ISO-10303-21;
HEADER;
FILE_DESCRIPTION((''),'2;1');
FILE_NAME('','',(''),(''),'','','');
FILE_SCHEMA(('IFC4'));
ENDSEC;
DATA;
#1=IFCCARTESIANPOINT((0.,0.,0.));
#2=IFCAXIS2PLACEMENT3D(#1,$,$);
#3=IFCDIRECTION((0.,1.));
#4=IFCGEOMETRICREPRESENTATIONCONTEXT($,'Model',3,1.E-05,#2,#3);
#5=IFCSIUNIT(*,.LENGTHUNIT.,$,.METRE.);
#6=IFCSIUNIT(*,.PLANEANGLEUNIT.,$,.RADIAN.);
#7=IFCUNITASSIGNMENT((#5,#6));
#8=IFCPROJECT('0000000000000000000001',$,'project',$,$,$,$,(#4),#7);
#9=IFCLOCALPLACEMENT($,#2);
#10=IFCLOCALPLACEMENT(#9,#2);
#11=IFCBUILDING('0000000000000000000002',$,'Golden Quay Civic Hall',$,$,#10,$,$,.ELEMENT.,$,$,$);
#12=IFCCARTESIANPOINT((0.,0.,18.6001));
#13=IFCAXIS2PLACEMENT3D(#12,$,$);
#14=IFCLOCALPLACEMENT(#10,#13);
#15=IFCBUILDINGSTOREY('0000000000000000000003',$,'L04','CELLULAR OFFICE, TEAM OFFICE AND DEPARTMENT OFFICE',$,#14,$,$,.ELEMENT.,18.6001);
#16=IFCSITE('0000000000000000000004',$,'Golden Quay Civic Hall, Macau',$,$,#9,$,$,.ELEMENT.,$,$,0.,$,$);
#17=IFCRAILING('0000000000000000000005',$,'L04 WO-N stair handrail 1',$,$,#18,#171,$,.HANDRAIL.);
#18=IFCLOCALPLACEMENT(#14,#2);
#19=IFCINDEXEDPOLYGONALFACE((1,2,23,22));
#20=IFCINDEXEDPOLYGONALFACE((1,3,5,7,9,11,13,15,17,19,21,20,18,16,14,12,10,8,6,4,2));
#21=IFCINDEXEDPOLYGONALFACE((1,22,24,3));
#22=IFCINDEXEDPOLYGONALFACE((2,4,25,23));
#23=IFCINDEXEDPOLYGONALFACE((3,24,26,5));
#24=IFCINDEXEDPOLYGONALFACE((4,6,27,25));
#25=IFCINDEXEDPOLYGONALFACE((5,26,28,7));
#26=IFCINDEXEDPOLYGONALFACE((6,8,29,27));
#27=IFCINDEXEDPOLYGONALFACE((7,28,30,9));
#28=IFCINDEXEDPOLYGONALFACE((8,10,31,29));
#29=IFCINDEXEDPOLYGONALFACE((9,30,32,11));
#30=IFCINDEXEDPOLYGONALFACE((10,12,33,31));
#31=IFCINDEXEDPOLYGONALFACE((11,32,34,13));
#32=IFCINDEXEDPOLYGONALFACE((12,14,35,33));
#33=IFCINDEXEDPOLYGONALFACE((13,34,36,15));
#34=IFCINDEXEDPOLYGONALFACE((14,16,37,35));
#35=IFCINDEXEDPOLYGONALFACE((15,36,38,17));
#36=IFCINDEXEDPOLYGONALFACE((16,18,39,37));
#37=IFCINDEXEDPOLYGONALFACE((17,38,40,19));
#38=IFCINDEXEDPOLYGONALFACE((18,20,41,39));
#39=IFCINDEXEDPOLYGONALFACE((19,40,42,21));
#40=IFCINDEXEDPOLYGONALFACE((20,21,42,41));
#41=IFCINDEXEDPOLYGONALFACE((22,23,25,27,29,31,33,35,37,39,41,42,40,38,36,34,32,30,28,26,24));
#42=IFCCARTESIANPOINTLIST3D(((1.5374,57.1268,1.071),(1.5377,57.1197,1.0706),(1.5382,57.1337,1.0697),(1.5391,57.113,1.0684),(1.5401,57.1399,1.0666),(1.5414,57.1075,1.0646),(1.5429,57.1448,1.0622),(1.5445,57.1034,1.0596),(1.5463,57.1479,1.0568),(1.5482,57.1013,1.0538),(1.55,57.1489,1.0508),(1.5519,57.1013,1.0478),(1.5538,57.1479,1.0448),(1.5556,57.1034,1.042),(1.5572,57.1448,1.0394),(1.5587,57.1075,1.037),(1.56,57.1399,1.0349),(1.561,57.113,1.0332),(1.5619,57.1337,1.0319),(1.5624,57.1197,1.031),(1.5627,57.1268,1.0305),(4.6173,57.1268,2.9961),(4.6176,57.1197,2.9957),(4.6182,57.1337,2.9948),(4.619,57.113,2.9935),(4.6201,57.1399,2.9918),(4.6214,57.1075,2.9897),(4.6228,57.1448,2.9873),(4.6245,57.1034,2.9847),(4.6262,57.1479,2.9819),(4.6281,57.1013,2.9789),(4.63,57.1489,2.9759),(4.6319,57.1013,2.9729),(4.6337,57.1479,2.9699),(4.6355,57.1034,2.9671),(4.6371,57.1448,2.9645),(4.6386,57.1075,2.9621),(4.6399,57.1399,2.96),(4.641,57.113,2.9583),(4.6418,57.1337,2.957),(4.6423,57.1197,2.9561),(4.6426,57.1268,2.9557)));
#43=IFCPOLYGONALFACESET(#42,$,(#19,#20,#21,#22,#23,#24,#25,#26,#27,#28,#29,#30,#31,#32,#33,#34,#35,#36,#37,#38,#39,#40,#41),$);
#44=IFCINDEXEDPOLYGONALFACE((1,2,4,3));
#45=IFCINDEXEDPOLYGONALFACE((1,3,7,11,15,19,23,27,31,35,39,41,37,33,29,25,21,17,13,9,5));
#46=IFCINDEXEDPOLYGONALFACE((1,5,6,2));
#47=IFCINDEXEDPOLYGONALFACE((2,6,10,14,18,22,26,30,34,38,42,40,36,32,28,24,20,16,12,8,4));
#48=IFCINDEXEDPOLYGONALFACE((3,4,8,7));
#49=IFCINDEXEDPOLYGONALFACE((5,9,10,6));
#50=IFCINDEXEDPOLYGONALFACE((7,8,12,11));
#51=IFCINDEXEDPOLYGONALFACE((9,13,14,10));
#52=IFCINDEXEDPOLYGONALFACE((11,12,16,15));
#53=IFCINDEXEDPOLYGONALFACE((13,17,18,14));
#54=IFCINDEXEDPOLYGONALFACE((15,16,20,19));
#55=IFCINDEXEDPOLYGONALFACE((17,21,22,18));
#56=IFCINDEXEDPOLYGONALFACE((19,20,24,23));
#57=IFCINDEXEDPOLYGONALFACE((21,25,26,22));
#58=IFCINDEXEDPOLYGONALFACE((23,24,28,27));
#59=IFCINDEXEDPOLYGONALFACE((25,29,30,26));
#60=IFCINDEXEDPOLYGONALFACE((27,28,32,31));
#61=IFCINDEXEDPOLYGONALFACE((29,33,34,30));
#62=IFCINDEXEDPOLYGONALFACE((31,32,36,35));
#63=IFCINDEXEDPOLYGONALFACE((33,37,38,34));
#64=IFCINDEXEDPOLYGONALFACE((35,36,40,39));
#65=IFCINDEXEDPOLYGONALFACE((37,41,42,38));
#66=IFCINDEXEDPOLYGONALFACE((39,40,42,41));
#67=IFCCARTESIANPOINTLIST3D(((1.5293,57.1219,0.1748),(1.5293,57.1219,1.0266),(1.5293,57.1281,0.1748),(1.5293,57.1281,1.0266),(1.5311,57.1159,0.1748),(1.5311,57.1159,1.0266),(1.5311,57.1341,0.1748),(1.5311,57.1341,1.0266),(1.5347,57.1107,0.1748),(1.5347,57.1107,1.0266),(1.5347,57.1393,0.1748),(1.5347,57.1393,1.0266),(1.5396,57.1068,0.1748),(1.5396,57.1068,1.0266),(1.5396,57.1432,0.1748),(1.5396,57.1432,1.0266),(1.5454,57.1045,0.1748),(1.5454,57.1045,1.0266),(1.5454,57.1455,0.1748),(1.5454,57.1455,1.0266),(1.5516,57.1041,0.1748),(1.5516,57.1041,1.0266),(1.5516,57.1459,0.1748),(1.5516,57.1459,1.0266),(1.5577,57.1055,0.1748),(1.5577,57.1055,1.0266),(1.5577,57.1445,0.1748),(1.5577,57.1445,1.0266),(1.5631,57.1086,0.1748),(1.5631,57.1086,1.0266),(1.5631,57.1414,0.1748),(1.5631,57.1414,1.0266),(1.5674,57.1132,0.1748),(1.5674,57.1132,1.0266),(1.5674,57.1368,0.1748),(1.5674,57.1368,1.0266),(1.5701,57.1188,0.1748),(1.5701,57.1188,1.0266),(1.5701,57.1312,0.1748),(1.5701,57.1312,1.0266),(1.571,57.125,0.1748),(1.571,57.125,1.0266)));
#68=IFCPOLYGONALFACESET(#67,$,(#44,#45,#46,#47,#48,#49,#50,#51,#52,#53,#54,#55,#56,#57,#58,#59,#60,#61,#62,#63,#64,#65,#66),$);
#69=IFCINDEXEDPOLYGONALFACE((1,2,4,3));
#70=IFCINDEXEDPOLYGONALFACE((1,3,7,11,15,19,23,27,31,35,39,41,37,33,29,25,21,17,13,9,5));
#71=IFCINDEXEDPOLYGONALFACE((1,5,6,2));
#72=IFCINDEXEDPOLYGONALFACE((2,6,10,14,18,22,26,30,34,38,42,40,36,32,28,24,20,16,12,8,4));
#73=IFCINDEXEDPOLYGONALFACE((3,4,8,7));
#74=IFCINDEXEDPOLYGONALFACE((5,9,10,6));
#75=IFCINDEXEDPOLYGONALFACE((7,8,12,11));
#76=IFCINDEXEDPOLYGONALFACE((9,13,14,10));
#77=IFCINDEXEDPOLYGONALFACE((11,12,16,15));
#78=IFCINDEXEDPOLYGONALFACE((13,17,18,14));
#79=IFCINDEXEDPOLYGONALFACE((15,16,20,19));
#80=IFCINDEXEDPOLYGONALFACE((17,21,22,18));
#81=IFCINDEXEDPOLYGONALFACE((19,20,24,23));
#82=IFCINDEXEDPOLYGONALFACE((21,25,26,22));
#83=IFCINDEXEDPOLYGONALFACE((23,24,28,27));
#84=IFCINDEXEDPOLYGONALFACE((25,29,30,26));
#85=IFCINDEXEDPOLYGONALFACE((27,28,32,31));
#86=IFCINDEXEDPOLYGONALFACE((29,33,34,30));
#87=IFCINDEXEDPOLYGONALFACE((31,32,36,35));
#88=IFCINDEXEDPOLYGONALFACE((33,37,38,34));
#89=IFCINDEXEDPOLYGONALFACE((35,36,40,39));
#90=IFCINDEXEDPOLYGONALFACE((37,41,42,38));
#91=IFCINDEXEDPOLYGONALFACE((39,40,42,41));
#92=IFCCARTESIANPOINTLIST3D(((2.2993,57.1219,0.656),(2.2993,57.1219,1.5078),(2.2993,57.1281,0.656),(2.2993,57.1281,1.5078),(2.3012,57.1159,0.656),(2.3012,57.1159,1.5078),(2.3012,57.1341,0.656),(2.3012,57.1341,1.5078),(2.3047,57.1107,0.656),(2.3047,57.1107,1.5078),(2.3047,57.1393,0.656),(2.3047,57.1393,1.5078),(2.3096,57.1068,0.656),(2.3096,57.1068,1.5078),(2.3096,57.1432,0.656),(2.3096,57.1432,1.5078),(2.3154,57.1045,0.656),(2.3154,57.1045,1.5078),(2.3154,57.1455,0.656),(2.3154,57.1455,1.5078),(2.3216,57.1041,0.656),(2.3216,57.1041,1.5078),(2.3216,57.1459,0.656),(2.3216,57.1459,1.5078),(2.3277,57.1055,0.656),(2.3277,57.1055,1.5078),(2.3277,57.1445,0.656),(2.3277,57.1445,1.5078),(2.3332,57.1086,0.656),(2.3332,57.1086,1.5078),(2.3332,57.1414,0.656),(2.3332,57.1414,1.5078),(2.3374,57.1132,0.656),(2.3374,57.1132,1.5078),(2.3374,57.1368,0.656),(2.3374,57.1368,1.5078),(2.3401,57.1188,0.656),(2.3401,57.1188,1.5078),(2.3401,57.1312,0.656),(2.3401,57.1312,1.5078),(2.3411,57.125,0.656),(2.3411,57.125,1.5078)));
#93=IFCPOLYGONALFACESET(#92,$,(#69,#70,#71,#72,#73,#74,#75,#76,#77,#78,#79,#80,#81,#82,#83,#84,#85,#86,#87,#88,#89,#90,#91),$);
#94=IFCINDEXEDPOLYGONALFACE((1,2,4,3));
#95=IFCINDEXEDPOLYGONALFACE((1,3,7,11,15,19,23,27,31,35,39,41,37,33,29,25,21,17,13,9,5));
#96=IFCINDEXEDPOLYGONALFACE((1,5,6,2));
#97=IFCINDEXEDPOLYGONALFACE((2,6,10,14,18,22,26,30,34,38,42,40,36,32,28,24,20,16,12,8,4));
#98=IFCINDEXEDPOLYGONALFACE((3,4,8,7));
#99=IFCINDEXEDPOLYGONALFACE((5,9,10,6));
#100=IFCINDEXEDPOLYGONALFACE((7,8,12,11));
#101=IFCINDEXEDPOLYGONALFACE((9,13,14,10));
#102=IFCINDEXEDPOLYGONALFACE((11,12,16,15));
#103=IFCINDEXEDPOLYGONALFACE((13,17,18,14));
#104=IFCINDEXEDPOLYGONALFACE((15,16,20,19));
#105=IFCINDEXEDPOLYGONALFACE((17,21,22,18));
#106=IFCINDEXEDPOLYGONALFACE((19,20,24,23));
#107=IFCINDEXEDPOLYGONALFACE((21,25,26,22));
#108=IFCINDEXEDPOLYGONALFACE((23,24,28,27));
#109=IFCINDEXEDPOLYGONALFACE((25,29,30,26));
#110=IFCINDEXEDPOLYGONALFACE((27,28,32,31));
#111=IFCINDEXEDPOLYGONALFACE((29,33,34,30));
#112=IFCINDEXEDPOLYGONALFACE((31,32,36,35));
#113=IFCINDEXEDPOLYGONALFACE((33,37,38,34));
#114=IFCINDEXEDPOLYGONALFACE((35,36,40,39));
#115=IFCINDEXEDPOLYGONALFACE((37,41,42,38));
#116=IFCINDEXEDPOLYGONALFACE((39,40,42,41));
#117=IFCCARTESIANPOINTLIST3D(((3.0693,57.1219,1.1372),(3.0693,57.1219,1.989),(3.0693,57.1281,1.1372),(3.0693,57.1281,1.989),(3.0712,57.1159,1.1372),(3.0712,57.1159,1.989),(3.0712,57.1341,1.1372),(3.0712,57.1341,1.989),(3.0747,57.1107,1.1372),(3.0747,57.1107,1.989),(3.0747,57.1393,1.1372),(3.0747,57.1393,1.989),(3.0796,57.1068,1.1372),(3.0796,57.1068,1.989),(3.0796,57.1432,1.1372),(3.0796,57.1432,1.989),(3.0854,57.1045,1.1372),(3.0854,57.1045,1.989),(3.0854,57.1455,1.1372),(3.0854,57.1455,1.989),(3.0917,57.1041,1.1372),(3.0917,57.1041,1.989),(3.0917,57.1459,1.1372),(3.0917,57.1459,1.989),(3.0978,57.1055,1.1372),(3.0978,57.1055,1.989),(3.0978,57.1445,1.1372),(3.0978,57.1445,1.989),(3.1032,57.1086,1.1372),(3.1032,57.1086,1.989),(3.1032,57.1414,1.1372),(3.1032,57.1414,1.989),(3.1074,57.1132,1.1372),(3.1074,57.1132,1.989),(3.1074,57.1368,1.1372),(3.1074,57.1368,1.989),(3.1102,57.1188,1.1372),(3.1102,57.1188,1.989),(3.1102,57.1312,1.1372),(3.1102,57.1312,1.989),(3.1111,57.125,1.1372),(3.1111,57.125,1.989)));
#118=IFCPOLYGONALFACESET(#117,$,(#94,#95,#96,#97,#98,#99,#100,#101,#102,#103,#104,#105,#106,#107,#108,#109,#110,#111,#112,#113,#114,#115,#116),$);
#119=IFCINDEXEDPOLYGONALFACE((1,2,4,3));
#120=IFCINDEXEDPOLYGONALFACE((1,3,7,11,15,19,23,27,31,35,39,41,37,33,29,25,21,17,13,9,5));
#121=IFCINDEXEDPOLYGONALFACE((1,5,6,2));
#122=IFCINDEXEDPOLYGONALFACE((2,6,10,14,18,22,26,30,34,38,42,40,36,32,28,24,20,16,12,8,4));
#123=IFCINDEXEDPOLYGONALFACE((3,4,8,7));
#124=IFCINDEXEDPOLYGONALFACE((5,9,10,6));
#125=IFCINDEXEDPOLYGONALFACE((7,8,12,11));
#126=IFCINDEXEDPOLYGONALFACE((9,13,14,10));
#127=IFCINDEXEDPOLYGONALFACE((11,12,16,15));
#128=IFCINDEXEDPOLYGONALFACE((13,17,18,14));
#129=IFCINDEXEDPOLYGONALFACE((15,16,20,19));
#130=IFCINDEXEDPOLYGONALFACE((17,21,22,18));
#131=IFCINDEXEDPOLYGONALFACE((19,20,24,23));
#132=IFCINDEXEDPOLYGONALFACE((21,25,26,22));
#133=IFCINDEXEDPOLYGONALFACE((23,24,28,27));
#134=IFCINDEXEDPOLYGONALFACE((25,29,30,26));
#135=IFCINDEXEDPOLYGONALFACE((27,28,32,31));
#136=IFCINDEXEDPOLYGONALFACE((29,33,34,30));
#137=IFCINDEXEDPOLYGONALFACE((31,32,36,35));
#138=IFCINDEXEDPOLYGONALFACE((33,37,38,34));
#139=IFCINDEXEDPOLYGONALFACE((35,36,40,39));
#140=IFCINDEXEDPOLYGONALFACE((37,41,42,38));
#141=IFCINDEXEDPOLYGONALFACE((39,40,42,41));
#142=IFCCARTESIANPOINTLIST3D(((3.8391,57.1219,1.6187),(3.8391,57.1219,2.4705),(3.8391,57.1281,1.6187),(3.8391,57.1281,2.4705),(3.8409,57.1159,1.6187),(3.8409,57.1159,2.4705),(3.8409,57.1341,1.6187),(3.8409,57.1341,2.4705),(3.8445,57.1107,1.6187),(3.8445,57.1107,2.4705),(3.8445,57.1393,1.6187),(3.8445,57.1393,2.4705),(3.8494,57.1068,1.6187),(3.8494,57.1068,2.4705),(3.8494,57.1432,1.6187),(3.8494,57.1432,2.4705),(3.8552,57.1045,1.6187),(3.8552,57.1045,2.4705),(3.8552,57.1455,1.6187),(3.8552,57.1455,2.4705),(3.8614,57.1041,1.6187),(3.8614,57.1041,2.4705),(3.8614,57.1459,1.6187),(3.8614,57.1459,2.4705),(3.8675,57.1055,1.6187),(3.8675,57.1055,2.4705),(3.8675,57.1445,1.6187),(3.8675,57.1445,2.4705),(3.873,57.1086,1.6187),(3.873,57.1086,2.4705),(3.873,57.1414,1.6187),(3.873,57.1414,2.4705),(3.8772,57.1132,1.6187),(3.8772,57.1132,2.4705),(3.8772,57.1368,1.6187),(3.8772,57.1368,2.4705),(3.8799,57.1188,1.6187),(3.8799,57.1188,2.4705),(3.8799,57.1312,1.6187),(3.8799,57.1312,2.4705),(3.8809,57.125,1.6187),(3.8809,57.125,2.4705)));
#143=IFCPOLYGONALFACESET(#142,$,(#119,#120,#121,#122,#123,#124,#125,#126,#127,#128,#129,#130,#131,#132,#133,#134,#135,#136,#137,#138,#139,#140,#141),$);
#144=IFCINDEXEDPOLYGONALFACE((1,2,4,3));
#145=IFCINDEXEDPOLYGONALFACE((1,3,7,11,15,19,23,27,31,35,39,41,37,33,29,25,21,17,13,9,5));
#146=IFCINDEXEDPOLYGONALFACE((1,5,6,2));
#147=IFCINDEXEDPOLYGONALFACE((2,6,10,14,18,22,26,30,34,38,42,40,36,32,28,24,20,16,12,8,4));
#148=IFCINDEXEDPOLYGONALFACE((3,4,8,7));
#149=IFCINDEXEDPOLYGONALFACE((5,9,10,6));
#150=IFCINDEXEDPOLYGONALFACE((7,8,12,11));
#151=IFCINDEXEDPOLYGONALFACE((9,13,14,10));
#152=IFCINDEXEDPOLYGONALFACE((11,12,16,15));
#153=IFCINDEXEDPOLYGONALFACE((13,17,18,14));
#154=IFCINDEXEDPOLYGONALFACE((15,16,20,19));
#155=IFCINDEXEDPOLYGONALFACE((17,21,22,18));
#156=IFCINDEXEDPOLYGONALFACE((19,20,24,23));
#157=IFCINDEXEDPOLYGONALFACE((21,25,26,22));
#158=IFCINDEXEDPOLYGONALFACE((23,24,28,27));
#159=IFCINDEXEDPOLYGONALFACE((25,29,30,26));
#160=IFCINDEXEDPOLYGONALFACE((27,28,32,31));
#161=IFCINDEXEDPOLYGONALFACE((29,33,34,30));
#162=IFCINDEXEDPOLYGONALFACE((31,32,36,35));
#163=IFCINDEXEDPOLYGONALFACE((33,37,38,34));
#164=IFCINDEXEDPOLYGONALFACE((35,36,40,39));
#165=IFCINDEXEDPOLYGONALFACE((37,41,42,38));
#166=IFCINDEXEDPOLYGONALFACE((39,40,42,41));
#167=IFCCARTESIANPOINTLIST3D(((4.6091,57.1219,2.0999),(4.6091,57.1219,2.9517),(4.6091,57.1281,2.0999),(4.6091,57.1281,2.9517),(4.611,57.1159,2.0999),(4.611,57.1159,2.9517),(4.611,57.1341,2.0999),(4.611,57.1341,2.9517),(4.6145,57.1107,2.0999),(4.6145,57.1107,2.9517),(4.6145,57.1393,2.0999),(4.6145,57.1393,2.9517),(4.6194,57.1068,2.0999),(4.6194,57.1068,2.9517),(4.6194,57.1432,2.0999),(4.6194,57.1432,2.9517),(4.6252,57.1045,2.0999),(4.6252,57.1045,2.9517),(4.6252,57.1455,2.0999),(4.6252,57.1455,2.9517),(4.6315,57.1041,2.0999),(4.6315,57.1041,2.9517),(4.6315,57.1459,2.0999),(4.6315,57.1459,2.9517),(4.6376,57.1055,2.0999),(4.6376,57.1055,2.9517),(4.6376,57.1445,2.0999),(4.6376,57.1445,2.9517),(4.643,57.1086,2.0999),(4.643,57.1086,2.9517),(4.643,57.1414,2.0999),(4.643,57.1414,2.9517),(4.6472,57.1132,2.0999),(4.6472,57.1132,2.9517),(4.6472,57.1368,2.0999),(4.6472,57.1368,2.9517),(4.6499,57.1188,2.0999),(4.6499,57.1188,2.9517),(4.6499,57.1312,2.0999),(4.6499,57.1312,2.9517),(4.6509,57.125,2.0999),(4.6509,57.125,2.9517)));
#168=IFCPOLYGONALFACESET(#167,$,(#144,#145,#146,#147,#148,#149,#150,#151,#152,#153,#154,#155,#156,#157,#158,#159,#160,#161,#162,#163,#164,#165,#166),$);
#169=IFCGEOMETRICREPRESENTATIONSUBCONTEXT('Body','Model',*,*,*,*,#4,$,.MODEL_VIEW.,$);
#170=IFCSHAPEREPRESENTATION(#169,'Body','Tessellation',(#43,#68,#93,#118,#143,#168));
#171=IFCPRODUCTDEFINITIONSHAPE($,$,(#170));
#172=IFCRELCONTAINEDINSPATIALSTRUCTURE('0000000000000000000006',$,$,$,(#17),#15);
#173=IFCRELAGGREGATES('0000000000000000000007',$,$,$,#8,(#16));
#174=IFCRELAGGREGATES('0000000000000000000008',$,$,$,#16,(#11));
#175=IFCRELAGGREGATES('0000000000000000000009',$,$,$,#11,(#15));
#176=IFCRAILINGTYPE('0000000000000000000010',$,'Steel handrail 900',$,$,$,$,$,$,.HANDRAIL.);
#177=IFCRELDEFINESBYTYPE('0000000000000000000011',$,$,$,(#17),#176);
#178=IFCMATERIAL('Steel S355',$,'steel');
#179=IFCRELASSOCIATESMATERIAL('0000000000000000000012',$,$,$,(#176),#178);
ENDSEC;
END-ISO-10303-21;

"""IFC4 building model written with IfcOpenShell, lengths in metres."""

from ifc_helpers import new_model, si_unit, direction, frame, origin, origin_2d, place, context, subcontext, project, spatial, circle, extrude, material, type_object, element, save


model = new_model("IFC4")

# Units and contexts
model_context = context("Model", 3, precision=1e-05, world=origin(), true_north=direction((0.0, 1.0)))
body_context = subcontext(model_context, "Body", "Model", "MODEL_VIEW")
ifc_project = project(units=[si_unit("LENGTHUNIT", "METRE"), si_unit("PLANEANGLEUNIT", "RADIAN")], contexts=[model_context])

# Site, building, storey
site_placement = place(None, origin())
site = spatial("IfcSite", under=ifc_project, at=site_placement, Name="Golden Quay Civic Hall, Macau", CompositionType="ELEMENT", RefElevation=0.0)
building_placement = place(site_placement, origin())
building = spatial("IfcBuilding", under=site, at=building_placement, Name="Golden Quay Civic Hall", CompositionType="ELEMENT")
storey_placement = place(building_placement, frame((0.0, 0.0, 18.6001)))
storey = spatial("IfcBuildingStorey", under=building, at=storey_placement, Name="L04", Description="CELLULAR OFFICE, TEAM OFFICE AND DEPARTMENT OFFICE", CompositionType="ELEMENT", Elevation=18.6001)

# Railing
ifc_material_1 = material(Name="Steel S355", Category="steel")
railing_type_1 = type_object("IfcRailingType", Name="Steel handrail 900", PredefinedType="HANDRAIL", material=ifc_material_1)
railing_1_placement = place(storey_placement, frame((1.55, 57.125, 0.1748)))
element("IfcRailing", 1, at=railing_1_placement, inside=storey, type_object=railing_type_1, Name="L04 WO-N stair handrail 1", PredefinedType="HANDRAIL", context=body_context, shape_type="SweptSolid", body=[
    extrude(circle(Radius=0.0239, at=origin_2d()), frame((0.0, 0.0, 0.876), z_axis=(0.847979, 0.0, 0.530029), x_axis=(0.0, 1.0, 0.0)), (0.0, 0.0, 1.0), 3.6321),
    extrude(circle(Radius=0.021, at=origin_2d()), origin(), (0.0, 0.0, 1.0), 0.8518),
    extrude(circle(Radius=0.021, at=origin_2d()), frame((0.77, 0.0, 0.4812)), (0.0, 0.0, 1.0), 0.8518),
    extrude(circle(Radius=0.021, at=origin_2d()), frame((1.54, 0.0, 0.9624)), (0.0, 0.0, 1.0), 0.8518),
    extrude(circle(Radius=0.021, at=origin_2d()), frame((2.3098, 0.0, 1.4438)), (0.0, 0.0, 1.0), 0.8518),
    extrude(circle(Radius=0.021, at=origin_2d()), frame((3.0798, 0.0, 1.925)), (0.0, 0.0, 1.0), 0.8518),
])

save(model, "model.ifc")
